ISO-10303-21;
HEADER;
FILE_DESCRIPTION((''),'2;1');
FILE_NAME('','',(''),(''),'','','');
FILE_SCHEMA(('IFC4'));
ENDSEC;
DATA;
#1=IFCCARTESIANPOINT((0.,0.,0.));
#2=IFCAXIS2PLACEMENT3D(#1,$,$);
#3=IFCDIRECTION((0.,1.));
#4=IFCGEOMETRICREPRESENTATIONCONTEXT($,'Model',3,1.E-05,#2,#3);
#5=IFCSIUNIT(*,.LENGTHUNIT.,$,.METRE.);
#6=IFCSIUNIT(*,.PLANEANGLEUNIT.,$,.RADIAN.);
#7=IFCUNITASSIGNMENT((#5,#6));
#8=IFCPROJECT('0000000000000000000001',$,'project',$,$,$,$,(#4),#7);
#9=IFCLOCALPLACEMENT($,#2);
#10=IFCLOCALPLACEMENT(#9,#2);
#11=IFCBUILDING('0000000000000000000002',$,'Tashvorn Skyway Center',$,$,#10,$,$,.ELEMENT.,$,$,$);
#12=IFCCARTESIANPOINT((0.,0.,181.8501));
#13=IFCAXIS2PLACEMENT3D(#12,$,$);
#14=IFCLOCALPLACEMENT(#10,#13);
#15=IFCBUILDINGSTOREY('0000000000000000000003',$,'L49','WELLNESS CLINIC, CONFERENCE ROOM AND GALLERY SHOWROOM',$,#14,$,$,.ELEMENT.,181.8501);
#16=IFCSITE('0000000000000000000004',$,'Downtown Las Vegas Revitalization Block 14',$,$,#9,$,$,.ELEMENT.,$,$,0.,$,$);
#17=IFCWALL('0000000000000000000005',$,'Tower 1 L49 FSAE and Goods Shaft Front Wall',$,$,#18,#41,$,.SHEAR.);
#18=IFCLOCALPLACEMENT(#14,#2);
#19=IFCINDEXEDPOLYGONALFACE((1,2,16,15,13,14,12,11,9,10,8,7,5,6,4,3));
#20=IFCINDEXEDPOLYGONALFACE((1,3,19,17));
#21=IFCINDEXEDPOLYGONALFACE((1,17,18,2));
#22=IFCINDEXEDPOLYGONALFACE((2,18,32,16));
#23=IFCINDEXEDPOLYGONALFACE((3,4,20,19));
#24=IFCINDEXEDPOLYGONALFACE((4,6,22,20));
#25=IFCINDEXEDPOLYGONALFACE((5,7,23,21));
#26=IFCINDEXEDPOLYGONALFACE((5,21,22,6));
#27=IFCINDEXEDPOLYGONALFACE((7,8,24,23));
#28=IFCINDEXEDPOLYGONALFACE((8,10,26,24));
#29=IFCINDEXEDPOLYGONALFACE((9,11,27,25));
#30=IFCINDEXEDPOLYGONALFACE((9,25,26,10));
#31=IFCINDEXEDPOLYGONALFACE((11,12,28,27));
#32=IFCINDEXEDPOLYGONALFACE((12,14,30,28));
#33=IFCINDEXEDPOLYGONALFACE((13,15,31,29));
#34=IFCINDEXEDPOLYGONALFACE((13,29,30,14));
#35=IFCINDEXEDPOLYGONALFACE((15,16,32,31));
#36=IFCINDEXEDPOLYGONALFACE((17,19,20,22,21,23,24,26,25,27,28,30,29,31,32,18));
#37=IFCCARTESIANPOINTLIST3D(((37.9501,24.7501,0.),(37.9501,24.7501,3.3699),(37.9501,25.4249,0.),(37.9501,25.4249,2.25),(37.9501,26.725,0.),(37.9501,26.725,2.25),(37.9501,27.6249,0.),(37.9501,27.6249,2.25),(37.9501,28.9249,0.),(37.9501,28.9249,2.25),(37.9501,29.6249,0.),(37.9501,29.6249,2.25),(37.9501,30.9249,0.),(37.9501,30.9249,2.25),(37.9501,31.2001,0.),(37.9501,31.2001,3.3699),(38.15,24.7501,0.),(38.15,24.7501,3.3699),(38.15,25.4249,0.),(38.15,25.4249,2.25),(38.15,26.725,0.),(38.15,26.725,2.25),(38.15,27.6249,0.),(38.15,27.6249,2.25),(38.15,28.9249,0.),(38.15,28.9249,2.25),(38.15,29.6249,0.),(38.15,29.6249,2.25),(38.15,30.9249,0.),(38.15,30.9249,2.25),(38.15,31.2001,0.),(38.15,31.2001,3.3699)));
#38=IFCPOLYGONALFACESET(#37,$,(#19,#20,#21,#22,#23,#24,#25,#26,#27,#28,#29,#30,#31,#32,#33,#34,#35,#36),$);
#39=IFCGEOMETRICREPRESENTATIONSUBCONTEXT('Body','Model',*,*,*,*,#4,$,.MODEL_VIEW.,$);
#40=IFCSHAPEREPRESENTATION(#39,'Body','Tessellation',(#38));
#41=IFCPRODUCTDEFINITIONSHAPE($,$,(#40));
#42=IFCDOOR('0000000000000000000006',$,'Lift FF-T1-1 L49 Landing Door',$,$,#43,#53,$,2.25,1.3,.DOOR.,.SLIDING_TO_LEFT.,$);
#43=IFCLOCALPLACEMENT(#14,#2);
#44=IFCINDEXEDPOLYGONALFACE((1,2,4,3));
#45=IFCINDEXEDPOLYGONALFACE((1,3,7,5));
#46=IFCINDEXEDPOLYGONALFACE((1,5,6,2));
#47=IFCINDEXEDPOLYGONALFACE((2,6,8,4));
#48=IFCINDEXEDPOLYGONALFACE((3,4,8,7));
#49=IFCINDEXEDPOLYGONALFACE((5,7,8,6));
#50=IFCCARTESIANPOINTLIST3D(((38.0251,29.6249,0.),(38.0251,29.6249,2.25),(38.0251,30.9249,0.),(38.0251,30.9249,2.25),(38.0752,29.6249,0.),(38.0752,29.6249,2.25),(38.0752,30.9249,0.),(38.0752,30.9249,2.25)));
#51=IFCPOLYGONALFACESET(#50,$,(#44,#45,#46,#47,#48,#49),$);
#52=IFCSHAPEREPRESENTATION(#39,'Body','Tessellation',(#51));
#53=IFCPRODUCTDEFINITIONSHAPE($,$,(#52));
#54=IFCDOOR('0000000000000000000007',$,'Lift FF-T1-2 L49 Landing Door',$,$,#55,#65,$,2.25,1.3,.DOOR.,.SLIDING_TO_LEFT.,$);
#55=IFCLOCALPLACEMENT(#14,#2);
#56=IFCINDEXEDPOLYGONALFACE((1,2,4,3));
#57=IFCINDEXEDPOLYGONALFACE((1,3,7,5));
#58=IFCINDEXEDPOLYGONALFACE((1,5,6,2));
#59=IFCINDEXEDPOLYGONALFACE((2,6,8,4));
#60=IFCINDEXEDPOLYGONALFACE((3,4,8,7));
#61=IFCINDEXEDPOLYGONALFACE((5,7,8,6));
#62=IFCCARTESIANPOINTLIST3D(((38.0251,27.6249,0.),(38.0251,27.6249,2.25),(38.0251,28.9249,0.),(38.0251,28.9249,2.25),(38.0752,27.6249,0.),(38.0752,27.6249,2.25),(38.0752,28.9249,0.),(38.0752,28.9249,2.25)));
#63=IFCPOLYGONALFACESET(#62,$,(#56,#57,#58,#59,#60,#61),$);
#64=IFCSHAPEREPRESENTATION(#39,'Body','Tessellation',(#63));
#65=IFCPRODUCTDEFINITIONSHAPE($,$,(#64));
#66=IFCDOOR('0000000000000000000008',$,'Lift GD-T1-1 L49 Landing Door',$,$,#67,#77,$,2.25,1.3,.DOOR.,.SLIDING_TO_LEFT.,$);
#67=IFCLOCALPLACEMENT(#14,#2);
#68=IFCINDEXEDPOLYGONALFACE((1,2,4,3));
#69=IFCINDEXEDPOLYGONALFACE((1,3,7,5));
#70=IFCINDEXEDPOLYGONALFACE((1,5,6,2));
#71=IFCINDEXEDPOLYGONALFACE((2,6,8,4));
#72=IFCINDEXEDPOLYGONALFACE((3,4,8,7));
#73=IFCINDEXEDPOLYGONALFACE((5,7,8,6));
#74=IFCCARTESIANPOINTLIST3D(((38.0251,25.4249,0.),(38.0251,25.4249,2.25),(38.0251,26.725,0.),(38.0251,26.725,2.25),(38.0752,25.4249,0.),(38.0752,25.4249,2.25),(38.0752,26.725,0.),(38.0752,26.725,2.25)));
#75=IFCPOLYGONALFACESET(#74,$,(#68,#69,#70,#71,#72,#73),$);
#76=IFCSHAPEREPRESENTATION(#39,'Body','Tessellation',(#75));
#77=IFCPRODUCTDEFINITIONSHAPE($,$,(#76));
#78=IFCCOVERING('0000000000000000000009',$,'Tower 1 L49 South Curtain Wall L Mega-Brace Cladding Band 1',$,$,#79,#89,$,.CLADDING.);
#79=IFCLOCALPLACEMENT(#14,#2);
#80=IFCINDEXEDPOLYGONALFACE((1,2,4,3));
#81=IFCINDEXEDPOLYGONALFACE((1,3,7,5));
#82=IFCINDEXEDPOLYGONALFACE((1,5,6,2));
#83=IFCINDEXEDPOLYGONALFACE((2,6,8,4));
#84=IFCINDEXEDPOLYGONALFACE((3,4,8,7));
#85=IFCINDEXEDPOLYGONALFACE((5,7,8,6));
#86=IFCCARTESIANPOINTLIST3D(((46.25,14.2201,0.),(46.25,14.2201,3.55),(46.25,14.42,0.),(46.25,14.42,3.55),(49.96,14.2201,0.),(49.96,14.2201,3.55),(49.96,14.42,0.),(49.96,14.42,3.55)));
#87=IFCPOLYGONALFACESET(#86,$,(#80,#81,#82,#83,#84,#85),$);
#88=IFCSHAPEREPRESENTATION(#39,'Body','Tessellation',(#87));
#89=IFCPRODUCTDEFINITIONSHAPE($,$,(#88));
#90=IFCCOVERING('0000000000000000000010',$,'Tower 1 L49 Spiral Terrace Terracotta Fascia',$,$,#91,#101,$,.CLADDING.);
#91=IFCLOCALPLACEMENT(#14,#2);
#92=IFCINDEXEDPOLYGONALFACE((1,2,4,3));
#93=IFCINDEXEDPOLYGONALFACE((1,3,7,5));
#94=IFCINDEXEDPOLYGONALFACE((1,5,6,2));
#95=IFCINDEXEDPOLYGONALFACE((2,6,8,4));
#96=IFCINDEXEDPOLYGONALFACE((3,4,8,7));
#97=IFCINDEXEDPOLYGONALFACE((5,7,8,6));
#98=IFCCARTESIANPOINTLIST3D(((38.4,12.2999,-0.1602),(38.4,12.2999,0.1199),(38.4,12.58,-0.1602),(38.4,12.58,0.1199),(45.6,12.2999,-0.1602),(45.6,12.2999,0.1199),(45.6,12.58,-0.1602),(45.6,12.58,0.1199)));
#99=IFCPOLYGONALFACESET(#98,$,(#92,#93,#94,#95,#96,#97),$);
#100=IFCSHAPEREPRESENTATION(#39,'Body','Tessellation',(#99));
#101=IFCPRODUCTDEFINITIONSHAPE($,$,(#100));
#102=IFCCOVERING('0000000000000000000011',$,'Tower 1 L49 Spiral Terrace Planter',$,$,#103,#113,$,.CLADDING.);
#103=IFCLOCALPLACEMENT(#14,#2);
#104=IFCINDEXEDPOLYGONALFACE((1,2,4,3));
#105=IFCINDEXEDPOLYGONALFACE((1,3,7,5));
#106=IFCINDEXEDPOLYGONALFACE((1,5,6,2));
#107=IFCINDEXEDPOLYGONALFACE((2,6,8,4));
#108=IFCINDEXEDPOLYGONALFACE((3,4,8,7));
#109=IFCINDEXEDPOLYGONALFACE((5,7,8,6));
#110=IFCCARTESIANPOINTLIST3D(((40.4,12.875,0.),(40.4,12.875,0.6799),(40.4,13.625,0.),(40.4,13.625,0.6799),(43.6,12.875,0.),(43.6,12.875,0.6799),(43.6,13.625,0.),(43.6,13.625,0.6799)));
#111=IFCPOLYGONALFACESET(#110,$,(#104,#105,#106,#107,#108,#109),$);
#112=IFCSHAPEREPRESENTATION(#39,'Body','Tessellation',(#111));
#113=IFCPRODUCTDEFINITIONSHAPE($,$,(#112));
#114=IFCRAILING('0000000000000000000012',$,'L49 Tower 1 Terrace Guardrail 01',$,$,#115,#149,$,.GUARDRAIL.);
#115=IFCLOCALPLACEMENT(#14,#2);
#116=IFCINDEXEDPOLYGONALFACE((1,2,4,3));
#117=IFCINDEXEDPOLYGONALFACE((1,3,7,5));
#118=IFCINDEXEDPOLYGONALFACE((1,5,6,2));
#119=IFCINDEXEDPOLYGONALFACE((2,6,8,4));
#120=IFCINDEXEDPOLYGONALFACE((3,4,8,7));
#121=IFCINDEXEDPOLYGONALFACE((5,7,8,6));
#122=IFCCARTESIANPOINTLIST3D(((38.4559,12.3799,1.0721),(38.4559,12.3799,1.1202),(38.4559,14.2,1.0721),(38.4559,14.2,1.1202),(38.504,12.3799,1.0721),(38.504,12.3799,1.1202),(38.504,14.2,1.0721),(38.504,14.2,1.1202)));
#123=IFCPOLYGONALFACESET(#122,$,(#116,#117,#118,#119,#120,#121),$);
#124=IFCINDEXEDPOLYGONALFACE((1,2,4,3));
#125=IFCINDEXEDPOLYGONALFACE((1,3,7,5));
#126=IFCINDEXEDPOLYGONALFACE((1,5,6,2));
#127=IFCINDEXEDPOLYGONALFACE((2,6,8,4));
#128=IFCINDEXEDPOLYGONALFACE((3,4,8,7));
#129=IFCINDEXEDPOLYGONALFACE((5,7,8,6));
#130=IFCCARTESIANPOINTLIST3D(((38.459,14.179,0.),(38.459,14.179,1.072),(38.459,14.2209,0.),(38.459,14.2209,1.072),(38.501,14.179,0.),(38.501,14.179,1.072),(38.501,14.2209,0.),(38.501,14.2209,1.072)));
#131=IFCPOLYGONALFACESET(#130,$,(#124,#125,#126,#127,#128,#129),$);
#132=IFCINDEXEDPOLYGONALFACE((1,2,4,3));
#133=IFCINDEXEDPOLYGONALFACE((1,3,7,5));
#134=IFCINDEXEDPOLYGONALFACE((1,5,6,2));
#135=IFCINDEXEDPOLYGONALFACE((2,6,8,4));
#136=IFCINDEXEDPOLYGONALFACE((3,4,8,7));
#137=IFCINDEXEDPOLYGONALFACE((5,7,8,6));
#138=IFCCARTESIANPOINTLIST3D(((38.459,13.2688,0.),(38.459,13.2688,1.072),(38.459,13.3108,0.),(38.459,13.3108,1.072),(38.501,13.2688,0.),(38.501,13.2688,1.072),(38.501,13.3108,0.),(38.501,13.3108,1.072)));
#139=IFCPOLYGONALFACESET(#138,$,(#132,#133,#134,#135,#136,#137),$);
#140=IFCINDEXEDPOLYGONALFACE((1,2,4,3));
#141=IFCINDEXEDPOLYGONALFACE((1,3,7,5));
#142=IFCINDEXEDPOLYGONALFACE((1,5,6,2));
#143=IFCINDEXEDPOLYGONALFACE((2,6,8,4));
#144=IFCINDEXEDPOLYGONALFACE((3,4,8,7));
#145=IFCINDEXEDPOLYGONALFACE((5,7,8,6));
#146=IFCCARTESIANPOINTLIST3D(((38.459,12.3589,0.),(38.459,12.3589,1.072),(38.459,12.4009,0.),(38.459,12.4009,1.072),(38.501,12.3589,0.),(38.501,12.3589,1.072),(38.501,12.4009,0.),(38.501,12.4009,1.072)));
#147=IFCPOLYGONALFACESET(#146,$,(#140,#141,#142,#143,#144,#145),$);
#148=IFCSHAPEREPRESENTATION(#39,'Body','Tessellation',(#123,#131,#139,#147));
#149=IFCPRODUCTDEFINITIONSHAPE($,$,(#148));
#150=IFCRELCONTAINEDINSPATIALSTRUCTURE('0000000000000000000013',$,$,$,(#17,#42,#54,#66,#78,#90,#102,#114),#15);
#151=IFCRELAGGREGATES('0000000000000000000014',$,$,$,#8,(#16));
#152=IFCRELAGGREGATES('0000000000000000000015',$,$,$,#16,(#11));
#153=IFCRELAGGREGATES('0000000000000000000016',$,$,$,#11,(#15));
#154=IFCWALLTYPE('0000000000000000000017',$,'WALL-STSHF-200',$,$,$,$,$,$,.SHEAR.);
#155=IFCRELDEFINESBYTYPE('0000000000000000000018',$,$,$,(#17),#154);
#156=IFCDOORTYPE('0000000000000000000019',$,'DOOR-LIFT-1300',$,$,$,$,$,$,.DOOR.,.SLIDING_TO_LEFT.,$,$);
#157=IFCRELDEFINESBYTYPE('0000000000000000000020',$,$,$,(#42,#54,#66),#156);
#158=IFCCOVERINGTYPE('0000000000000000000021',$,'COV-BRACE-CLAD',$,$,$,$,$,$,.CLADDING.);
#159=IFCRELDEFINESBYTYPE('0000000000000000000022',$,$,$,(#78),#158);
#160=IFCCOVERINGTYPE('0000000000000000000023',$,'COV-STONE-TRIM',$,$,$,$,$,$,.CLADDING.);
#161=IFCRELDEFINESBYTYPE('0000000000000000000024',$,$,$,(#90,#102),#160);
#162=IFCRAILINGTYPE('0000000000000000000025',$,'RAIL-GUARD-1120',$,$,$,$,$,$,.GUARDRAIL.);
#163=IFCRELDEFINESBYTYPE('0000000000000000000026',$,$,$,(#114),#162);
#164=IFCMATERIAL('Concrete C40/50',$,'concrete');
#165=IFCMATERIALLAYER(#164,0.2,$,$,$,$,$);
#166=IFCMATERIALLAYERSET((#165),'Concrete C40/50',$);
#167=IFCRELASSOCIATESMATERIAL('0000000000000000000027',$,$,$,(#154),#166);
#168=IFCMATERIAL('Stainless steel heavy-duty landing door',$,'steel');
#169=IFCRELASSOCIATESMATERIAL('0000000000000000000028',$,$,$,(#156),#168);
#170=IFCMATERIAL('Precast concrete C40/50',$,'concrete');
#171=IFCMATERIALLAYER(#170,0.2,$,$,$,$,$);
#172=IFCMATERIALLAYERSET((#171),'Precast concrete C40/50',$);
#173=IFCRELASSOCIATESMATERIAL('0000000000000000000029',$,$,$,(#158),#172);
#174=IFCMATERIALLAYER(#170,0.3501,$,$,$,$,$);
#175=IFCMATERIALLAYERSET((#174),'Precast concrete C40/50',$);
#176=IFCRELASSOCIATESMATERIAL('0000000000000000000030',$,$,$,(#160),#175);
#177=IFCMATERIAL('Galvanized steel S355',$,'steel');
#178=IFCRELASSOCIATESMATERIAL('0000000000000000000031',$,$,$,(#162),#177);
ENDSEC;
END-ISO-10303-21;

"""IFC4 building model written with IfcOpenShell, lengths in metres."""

from ifc_helpers import new_model, si_unit, direction, frame, frame_2d, origin, origin_2d, place, context, subcontext, project, spatial, rectangle, extrude, material, layer, layer_set, type_object, element, fill, save


model = new_model("IFC4")

# Units and contexts
model_context = context("Model", 3, precision=1e-05, world=origin(), true_north=direction((0.0, 1.0)))
body_context = subcontext(model_context, "Body", "Model", "MODEL_VIEW")
ifc_project = project(units=[si_unit("LENGTHUNIT", "METRE"), si_unit("PLANEANGLEUNIT", "RADIAN")], contexts=[model_context])

# Site, building, storey
site_placement = place(None, origin())
site = spatial("IfcSite", under=ifc_project, at=site_placement, Name="Downtown Las Vegas Revitalization Block 14", CompositionType="ELEMENT", RefElevation=0.0)
building_placement = place(site_placement, origin())
building = spatial("IfcBuilding", under=site, at=building_placement, Name="Tashvorn Skyway Center", CompositionType="ELEMENT")
storey_placement = place(building_placement, frame((0.0, 0.0, 181.8501)))
storey = spatial("IfcBuildingStorey", under=building, at=storey_placement, Name="L49", Description="WELLNESS CLINIC, CONFERENCE ROOM AND GALLERY SHOWROOM", CompositionType="ELEMENT", Elevation=181.8501)

# Shared definitions
ifc_material_1 = material(Name="Precast concrete C40/50", Category="concrete")

# Shared definitions
ifc_material_2 = material(Name="Concrete C40/50", Category="concrete")
ifc_layer_1 = layer(ifc_material_2, 0.2)
ifc_layer_set_1 = layer_set([ifc_layer_1], Name="Concrete C40/50")
wall_type_1 = type_object("IfcWallType", Name="WALL-STSHF-200", PredefinedType="SHEAR", material=ifc_layer_set_1)

# Wall, openings, doors
wall_1_placement = place(storey_placement, frame((38.05, 24.75, 0.0), z_axis=(0.0, 0.0, 1.0), x_axis=(0.0, 1.0, 0.0)))
wall_1 = element("IfcWall", 1, at=wall_1_placement, inside=storey, type_object=wall_type_1, Name="Tower 1 L49 FSAE and Goods Shaft Front Wall", PredefinedType="SHEAR", context=body_context, shape_type="SweptSolid", body=[
    extrude(rectangle(XDim=6.45, YDim=0.2, at=frame_2d((3.2251, 0.0))), origin(), (0.0, 0.0, 1.0), 3.3699),
])
opening_1_placement = place(wall_1_placement, frame((4.875, 0.0, 0.0)))
opening_1 = element("IfcOpeningElement", 2, at=opening_1_placement, cuts=wall_1, PredefinedType="OPENING", context=body_context, shape_type="SweptSolid", body=[
    extrude(rectangle(XDim=1.3, YDim=2.25, at=frame_2d((0.6499, 1.125))), frame((0.0, 0.1099, 0.0), z_axis=(0.0, -1.0, 0.0), x_axis=(1.0, 0.0, 0.0)), (0.0, 0.0, 1.0), 0.22),
])
opening_2_placement = place(wall_1_placement, frame((2.875, 0.0, 0.0)))
opening_2 = element("IfcOpeningElement", 3, at=opening_2_placement, cuts=wall_1, PredefinedType="OPENING", context=body_context, shape_type="SweptSolid", body=[
    extrude(rectangle(XDim=1.3, YDim=2.25, at=frame_2d((0.6499, 1.125))), frame((0.0, 0.1099, 0.0), z_axis=(0.0, -1.0, 0.0), x_axis=(1.0, 0.0, 0.0)), (0.0, 0.0, 1.0), 0.22),
])
opening_3_placement = place(wall_1_placement, frame((0.675, 0.0, 0.0)))
opening_3 = element("IfcOpeningElement", 4, at=opening_3_placement, cuts=wall_1, PredefinedType="OPENING", context=body_context, shape_type="SweptSolid", body=[
    extrude(rectangle(XDim=1.3, YDim=2.25, at=frame_2d((0.6499, 1.125))), frame((0.0, 0.1099, 0.0), z_axis=(0.0, -1.0, 0.0), x_axis=(1.0, 0.0, 0.0)), (0.0, 0.0, 1.0), 0.22),
])
ifc_material_3 = material(Name="Stainless steel heavy-duty landing door", Category="steel")
door_type_1 = type_object("IfcDoorType", Name="DOOR-LIFT-1300", OperationType="SLIDING_TO_LEFT", PredefinedType="DOOR", material=ifc_material_3)
door_1_placement = place(opening_1_placement, origin())
door_1 = element("IfcDoor", 5, at=door_1_placement, inside=storey, type_object=door_type_1, Name="Lift FF-T1-1 L49 Landing Door", OperationType="SLIDING_TO_LEFT", OverallHeight=2.25, OverallWidth=1.3, PredefinedType="DOOR", context=body_context, shape_type="SweptSolid", body=[
    extrude(rectangle(XDim=1.3, YDim=2.25, at=frame_2d((0.6499, 1.125))), frame((0.0, 0.0249, 0.0), z_axis=(0.0, -1.0, 0.0), x_axis=(1.0, 0.0, 0.0)), (0.0, 0.0, 1.0), 0.05),
])
fill(opening_1, door_1)
door_2_placement = place(opening_2_placement, origin())
door_2 = element("IfcDoor", 6, at=door_2_placement, inside=storey, type_object=door_type_1, Name="Lift FF-T1-2 L49 Landing Door", OperationType="SLIDING_TO_LEFT", OverallHeight=2.25, OverallWidth=1.3, PredefinedType="DOOR", context=body_context, shape_type="SweptSolid", body=[
    extrude(rectangle(XDim=1.3, YDim=2.25, at=frame_2d((0.6499, 1.125))), frame((0.0, 0.0249, 0.0), z_axis=(0.0, -1.0, 0.0), x_axis=(1.0, 0.0, 0.0)), (0.0, 0.0, 1.0), 0.05),
])
fill(opening_2, door_2)
door_3_placement = place(opening_3_placement, origin())
door_3 = element("IfcDoor", 7, at=door_3_placement, inside=storey, type_object=door_type_1, Name="Lift GD-T1-1 L49 Landing Door", OperationType="SLIDING_TO_LEFT", OverallHeight=2.25, OverallWidth=1.3, PredefinedType="DOOR", context=body_context, shape_type="SweptSolid", body=[
    extrude(rectangle(XDim=1.3, YDim=2.25, at=frame_2d((0.6499, 1.125))), frame((0.0, 0.0249, 0.0), z_axis=(0.0, -1.0, 0.0), x_axis=(1.0, 0.0, 0.0)), (0.0, 0.0, 1.0), 0.05),
])
fill(opening_3, door_3)

# Coverings
ifc_layer_2 = layer(ifc_material_1, 0.2)
ifc_layer_set_2 = layer_set([ifc_layer_2], Name="Precast concrete C40/50")
covering_type_1 = type_object("IfcCoveringType", Name="COV-BRACE-CLAD", PredefinedType="CLADDING", material=ifc_layer_set_2)
covering_1_placement = place(storey_placement, frame((48.105, 14.3201, 0.0), z_axis=(0.0, 0.0, 1.0), x_axis=(-1.0, 0.0, 0.0)))
element("IfcCovering", 8, at=covering_1_placement, inside=storey, type_object=covering_type_1, Name="Tower 1 L49 South Curtain Wall L Mega-Brace Cladding Band 1", PredefinedType="CLADDING", context=body_context, shape_type="SweptSolid", body=[
    extrude(rectangle(XDim=3.71, YDim=0.2, at=origin_2d()), origin(), (0.0, 0.0, 1.0), 3.55),
])
ifc_layer_3 = layer(ifc_material_1, 0.3501)
ifc_layer_set_3 = layer_set([ifc_layer_3], Name="Precast concrete C40/50")
covering_type_2 = type_object("IfcCoveringType", Name="COV-STONE-TRIM", PredefinedType="CLADDING", material=ifc_layer_set_3)
covering_2_placement = place(storey_placement, frame((42.0, 12.4399, -0.1602), z_axis=(0.0, 0.0, 1.0), x_axis=(-1.0, 0.0, 0.0)))
element("IfcCovering", 9, at=covering_2_placement, inside=storey, type_object=covering_type_2, Name="Tower 1 L49 Spiral Terrace Terracotta Fascia", PredefinedType="CLADDING", context=body_context, shape_type="SweptSolid", body=[
    extrude(rectangle(XDim=7.2, YDim=0.28, at=origin_2d()), origin(), (0.0, 0.0, 1.0), 0.28),
])
covering_3_placement = place(storey_placement, frame((42.0, 13.25, 0.0), z_axis=(0.0, 0.0, 1.0), x_axis=(-1.0, 0.0, 0.0)))
element("IfcCovering", 10, at=covering_3_placement, inside=storey, type_object=covering_type_2, Name="Tower 1 L49 Spiral Terrace Planter", PredefinedType="CLADDING", context=body_context, shape_type="SweptSolid", body=[
    extrude(rectangle(XDim=3.2, YDim=0.75, at=origin_2d()), origin(), (0.0, 0.0, 1.0), 0.6799),
])

# Railing
ifc_material_4 = material(Name="Galvanized steel S355", Category="steel")
railing_type = type_object("IfcRailingType", Name="RAIL-GUARD-1120", PredefinedType="GUARDRAIL", material=ifc_material_4)
railing_1_placement = place(storey_placement, frame((38.48, 14.2, 0.0)))
element("IfcRailing", 11, at=railing_1_placement, inside=storey, type_object=railing_type, Name="L49 Tower 1 Terrace Guardrail 01", PredefinedType="GUARDRAIL", context=body_context, shape_type="SweptSolid", body=[
    extrude(rectangle(XDim=0.0481, YDim=0.0481, at=origin_2d()), frame((0.0, 0.0, 1.0962), z_axis=(0.0, -1.0, 0.0), x_axis=(1.0, 0.0, 0.0)), (0.0, 0.0, 1.0), 1.8201),
    extrude(rectangle(XDim=0.042, YDim=0.042, at=origin_2d()), origin(), (0.0, 0.0, 1.0), 1.072),
    extrude(rectangle(XDim=0.042, YDim=0.042, at=origin_2d()), frame((0.0, -0.9102, 0.0)), (0.0, 0.0, 1.0), 1.072),
    extrude(rectangle(XDim=0.042, YDim=0.042, at=origin_2d()), frame((0.0, -1.8201, 0.0)), (0.0, 0.0, 1.0), 1.072),
])

save(model, "model.ifc")
